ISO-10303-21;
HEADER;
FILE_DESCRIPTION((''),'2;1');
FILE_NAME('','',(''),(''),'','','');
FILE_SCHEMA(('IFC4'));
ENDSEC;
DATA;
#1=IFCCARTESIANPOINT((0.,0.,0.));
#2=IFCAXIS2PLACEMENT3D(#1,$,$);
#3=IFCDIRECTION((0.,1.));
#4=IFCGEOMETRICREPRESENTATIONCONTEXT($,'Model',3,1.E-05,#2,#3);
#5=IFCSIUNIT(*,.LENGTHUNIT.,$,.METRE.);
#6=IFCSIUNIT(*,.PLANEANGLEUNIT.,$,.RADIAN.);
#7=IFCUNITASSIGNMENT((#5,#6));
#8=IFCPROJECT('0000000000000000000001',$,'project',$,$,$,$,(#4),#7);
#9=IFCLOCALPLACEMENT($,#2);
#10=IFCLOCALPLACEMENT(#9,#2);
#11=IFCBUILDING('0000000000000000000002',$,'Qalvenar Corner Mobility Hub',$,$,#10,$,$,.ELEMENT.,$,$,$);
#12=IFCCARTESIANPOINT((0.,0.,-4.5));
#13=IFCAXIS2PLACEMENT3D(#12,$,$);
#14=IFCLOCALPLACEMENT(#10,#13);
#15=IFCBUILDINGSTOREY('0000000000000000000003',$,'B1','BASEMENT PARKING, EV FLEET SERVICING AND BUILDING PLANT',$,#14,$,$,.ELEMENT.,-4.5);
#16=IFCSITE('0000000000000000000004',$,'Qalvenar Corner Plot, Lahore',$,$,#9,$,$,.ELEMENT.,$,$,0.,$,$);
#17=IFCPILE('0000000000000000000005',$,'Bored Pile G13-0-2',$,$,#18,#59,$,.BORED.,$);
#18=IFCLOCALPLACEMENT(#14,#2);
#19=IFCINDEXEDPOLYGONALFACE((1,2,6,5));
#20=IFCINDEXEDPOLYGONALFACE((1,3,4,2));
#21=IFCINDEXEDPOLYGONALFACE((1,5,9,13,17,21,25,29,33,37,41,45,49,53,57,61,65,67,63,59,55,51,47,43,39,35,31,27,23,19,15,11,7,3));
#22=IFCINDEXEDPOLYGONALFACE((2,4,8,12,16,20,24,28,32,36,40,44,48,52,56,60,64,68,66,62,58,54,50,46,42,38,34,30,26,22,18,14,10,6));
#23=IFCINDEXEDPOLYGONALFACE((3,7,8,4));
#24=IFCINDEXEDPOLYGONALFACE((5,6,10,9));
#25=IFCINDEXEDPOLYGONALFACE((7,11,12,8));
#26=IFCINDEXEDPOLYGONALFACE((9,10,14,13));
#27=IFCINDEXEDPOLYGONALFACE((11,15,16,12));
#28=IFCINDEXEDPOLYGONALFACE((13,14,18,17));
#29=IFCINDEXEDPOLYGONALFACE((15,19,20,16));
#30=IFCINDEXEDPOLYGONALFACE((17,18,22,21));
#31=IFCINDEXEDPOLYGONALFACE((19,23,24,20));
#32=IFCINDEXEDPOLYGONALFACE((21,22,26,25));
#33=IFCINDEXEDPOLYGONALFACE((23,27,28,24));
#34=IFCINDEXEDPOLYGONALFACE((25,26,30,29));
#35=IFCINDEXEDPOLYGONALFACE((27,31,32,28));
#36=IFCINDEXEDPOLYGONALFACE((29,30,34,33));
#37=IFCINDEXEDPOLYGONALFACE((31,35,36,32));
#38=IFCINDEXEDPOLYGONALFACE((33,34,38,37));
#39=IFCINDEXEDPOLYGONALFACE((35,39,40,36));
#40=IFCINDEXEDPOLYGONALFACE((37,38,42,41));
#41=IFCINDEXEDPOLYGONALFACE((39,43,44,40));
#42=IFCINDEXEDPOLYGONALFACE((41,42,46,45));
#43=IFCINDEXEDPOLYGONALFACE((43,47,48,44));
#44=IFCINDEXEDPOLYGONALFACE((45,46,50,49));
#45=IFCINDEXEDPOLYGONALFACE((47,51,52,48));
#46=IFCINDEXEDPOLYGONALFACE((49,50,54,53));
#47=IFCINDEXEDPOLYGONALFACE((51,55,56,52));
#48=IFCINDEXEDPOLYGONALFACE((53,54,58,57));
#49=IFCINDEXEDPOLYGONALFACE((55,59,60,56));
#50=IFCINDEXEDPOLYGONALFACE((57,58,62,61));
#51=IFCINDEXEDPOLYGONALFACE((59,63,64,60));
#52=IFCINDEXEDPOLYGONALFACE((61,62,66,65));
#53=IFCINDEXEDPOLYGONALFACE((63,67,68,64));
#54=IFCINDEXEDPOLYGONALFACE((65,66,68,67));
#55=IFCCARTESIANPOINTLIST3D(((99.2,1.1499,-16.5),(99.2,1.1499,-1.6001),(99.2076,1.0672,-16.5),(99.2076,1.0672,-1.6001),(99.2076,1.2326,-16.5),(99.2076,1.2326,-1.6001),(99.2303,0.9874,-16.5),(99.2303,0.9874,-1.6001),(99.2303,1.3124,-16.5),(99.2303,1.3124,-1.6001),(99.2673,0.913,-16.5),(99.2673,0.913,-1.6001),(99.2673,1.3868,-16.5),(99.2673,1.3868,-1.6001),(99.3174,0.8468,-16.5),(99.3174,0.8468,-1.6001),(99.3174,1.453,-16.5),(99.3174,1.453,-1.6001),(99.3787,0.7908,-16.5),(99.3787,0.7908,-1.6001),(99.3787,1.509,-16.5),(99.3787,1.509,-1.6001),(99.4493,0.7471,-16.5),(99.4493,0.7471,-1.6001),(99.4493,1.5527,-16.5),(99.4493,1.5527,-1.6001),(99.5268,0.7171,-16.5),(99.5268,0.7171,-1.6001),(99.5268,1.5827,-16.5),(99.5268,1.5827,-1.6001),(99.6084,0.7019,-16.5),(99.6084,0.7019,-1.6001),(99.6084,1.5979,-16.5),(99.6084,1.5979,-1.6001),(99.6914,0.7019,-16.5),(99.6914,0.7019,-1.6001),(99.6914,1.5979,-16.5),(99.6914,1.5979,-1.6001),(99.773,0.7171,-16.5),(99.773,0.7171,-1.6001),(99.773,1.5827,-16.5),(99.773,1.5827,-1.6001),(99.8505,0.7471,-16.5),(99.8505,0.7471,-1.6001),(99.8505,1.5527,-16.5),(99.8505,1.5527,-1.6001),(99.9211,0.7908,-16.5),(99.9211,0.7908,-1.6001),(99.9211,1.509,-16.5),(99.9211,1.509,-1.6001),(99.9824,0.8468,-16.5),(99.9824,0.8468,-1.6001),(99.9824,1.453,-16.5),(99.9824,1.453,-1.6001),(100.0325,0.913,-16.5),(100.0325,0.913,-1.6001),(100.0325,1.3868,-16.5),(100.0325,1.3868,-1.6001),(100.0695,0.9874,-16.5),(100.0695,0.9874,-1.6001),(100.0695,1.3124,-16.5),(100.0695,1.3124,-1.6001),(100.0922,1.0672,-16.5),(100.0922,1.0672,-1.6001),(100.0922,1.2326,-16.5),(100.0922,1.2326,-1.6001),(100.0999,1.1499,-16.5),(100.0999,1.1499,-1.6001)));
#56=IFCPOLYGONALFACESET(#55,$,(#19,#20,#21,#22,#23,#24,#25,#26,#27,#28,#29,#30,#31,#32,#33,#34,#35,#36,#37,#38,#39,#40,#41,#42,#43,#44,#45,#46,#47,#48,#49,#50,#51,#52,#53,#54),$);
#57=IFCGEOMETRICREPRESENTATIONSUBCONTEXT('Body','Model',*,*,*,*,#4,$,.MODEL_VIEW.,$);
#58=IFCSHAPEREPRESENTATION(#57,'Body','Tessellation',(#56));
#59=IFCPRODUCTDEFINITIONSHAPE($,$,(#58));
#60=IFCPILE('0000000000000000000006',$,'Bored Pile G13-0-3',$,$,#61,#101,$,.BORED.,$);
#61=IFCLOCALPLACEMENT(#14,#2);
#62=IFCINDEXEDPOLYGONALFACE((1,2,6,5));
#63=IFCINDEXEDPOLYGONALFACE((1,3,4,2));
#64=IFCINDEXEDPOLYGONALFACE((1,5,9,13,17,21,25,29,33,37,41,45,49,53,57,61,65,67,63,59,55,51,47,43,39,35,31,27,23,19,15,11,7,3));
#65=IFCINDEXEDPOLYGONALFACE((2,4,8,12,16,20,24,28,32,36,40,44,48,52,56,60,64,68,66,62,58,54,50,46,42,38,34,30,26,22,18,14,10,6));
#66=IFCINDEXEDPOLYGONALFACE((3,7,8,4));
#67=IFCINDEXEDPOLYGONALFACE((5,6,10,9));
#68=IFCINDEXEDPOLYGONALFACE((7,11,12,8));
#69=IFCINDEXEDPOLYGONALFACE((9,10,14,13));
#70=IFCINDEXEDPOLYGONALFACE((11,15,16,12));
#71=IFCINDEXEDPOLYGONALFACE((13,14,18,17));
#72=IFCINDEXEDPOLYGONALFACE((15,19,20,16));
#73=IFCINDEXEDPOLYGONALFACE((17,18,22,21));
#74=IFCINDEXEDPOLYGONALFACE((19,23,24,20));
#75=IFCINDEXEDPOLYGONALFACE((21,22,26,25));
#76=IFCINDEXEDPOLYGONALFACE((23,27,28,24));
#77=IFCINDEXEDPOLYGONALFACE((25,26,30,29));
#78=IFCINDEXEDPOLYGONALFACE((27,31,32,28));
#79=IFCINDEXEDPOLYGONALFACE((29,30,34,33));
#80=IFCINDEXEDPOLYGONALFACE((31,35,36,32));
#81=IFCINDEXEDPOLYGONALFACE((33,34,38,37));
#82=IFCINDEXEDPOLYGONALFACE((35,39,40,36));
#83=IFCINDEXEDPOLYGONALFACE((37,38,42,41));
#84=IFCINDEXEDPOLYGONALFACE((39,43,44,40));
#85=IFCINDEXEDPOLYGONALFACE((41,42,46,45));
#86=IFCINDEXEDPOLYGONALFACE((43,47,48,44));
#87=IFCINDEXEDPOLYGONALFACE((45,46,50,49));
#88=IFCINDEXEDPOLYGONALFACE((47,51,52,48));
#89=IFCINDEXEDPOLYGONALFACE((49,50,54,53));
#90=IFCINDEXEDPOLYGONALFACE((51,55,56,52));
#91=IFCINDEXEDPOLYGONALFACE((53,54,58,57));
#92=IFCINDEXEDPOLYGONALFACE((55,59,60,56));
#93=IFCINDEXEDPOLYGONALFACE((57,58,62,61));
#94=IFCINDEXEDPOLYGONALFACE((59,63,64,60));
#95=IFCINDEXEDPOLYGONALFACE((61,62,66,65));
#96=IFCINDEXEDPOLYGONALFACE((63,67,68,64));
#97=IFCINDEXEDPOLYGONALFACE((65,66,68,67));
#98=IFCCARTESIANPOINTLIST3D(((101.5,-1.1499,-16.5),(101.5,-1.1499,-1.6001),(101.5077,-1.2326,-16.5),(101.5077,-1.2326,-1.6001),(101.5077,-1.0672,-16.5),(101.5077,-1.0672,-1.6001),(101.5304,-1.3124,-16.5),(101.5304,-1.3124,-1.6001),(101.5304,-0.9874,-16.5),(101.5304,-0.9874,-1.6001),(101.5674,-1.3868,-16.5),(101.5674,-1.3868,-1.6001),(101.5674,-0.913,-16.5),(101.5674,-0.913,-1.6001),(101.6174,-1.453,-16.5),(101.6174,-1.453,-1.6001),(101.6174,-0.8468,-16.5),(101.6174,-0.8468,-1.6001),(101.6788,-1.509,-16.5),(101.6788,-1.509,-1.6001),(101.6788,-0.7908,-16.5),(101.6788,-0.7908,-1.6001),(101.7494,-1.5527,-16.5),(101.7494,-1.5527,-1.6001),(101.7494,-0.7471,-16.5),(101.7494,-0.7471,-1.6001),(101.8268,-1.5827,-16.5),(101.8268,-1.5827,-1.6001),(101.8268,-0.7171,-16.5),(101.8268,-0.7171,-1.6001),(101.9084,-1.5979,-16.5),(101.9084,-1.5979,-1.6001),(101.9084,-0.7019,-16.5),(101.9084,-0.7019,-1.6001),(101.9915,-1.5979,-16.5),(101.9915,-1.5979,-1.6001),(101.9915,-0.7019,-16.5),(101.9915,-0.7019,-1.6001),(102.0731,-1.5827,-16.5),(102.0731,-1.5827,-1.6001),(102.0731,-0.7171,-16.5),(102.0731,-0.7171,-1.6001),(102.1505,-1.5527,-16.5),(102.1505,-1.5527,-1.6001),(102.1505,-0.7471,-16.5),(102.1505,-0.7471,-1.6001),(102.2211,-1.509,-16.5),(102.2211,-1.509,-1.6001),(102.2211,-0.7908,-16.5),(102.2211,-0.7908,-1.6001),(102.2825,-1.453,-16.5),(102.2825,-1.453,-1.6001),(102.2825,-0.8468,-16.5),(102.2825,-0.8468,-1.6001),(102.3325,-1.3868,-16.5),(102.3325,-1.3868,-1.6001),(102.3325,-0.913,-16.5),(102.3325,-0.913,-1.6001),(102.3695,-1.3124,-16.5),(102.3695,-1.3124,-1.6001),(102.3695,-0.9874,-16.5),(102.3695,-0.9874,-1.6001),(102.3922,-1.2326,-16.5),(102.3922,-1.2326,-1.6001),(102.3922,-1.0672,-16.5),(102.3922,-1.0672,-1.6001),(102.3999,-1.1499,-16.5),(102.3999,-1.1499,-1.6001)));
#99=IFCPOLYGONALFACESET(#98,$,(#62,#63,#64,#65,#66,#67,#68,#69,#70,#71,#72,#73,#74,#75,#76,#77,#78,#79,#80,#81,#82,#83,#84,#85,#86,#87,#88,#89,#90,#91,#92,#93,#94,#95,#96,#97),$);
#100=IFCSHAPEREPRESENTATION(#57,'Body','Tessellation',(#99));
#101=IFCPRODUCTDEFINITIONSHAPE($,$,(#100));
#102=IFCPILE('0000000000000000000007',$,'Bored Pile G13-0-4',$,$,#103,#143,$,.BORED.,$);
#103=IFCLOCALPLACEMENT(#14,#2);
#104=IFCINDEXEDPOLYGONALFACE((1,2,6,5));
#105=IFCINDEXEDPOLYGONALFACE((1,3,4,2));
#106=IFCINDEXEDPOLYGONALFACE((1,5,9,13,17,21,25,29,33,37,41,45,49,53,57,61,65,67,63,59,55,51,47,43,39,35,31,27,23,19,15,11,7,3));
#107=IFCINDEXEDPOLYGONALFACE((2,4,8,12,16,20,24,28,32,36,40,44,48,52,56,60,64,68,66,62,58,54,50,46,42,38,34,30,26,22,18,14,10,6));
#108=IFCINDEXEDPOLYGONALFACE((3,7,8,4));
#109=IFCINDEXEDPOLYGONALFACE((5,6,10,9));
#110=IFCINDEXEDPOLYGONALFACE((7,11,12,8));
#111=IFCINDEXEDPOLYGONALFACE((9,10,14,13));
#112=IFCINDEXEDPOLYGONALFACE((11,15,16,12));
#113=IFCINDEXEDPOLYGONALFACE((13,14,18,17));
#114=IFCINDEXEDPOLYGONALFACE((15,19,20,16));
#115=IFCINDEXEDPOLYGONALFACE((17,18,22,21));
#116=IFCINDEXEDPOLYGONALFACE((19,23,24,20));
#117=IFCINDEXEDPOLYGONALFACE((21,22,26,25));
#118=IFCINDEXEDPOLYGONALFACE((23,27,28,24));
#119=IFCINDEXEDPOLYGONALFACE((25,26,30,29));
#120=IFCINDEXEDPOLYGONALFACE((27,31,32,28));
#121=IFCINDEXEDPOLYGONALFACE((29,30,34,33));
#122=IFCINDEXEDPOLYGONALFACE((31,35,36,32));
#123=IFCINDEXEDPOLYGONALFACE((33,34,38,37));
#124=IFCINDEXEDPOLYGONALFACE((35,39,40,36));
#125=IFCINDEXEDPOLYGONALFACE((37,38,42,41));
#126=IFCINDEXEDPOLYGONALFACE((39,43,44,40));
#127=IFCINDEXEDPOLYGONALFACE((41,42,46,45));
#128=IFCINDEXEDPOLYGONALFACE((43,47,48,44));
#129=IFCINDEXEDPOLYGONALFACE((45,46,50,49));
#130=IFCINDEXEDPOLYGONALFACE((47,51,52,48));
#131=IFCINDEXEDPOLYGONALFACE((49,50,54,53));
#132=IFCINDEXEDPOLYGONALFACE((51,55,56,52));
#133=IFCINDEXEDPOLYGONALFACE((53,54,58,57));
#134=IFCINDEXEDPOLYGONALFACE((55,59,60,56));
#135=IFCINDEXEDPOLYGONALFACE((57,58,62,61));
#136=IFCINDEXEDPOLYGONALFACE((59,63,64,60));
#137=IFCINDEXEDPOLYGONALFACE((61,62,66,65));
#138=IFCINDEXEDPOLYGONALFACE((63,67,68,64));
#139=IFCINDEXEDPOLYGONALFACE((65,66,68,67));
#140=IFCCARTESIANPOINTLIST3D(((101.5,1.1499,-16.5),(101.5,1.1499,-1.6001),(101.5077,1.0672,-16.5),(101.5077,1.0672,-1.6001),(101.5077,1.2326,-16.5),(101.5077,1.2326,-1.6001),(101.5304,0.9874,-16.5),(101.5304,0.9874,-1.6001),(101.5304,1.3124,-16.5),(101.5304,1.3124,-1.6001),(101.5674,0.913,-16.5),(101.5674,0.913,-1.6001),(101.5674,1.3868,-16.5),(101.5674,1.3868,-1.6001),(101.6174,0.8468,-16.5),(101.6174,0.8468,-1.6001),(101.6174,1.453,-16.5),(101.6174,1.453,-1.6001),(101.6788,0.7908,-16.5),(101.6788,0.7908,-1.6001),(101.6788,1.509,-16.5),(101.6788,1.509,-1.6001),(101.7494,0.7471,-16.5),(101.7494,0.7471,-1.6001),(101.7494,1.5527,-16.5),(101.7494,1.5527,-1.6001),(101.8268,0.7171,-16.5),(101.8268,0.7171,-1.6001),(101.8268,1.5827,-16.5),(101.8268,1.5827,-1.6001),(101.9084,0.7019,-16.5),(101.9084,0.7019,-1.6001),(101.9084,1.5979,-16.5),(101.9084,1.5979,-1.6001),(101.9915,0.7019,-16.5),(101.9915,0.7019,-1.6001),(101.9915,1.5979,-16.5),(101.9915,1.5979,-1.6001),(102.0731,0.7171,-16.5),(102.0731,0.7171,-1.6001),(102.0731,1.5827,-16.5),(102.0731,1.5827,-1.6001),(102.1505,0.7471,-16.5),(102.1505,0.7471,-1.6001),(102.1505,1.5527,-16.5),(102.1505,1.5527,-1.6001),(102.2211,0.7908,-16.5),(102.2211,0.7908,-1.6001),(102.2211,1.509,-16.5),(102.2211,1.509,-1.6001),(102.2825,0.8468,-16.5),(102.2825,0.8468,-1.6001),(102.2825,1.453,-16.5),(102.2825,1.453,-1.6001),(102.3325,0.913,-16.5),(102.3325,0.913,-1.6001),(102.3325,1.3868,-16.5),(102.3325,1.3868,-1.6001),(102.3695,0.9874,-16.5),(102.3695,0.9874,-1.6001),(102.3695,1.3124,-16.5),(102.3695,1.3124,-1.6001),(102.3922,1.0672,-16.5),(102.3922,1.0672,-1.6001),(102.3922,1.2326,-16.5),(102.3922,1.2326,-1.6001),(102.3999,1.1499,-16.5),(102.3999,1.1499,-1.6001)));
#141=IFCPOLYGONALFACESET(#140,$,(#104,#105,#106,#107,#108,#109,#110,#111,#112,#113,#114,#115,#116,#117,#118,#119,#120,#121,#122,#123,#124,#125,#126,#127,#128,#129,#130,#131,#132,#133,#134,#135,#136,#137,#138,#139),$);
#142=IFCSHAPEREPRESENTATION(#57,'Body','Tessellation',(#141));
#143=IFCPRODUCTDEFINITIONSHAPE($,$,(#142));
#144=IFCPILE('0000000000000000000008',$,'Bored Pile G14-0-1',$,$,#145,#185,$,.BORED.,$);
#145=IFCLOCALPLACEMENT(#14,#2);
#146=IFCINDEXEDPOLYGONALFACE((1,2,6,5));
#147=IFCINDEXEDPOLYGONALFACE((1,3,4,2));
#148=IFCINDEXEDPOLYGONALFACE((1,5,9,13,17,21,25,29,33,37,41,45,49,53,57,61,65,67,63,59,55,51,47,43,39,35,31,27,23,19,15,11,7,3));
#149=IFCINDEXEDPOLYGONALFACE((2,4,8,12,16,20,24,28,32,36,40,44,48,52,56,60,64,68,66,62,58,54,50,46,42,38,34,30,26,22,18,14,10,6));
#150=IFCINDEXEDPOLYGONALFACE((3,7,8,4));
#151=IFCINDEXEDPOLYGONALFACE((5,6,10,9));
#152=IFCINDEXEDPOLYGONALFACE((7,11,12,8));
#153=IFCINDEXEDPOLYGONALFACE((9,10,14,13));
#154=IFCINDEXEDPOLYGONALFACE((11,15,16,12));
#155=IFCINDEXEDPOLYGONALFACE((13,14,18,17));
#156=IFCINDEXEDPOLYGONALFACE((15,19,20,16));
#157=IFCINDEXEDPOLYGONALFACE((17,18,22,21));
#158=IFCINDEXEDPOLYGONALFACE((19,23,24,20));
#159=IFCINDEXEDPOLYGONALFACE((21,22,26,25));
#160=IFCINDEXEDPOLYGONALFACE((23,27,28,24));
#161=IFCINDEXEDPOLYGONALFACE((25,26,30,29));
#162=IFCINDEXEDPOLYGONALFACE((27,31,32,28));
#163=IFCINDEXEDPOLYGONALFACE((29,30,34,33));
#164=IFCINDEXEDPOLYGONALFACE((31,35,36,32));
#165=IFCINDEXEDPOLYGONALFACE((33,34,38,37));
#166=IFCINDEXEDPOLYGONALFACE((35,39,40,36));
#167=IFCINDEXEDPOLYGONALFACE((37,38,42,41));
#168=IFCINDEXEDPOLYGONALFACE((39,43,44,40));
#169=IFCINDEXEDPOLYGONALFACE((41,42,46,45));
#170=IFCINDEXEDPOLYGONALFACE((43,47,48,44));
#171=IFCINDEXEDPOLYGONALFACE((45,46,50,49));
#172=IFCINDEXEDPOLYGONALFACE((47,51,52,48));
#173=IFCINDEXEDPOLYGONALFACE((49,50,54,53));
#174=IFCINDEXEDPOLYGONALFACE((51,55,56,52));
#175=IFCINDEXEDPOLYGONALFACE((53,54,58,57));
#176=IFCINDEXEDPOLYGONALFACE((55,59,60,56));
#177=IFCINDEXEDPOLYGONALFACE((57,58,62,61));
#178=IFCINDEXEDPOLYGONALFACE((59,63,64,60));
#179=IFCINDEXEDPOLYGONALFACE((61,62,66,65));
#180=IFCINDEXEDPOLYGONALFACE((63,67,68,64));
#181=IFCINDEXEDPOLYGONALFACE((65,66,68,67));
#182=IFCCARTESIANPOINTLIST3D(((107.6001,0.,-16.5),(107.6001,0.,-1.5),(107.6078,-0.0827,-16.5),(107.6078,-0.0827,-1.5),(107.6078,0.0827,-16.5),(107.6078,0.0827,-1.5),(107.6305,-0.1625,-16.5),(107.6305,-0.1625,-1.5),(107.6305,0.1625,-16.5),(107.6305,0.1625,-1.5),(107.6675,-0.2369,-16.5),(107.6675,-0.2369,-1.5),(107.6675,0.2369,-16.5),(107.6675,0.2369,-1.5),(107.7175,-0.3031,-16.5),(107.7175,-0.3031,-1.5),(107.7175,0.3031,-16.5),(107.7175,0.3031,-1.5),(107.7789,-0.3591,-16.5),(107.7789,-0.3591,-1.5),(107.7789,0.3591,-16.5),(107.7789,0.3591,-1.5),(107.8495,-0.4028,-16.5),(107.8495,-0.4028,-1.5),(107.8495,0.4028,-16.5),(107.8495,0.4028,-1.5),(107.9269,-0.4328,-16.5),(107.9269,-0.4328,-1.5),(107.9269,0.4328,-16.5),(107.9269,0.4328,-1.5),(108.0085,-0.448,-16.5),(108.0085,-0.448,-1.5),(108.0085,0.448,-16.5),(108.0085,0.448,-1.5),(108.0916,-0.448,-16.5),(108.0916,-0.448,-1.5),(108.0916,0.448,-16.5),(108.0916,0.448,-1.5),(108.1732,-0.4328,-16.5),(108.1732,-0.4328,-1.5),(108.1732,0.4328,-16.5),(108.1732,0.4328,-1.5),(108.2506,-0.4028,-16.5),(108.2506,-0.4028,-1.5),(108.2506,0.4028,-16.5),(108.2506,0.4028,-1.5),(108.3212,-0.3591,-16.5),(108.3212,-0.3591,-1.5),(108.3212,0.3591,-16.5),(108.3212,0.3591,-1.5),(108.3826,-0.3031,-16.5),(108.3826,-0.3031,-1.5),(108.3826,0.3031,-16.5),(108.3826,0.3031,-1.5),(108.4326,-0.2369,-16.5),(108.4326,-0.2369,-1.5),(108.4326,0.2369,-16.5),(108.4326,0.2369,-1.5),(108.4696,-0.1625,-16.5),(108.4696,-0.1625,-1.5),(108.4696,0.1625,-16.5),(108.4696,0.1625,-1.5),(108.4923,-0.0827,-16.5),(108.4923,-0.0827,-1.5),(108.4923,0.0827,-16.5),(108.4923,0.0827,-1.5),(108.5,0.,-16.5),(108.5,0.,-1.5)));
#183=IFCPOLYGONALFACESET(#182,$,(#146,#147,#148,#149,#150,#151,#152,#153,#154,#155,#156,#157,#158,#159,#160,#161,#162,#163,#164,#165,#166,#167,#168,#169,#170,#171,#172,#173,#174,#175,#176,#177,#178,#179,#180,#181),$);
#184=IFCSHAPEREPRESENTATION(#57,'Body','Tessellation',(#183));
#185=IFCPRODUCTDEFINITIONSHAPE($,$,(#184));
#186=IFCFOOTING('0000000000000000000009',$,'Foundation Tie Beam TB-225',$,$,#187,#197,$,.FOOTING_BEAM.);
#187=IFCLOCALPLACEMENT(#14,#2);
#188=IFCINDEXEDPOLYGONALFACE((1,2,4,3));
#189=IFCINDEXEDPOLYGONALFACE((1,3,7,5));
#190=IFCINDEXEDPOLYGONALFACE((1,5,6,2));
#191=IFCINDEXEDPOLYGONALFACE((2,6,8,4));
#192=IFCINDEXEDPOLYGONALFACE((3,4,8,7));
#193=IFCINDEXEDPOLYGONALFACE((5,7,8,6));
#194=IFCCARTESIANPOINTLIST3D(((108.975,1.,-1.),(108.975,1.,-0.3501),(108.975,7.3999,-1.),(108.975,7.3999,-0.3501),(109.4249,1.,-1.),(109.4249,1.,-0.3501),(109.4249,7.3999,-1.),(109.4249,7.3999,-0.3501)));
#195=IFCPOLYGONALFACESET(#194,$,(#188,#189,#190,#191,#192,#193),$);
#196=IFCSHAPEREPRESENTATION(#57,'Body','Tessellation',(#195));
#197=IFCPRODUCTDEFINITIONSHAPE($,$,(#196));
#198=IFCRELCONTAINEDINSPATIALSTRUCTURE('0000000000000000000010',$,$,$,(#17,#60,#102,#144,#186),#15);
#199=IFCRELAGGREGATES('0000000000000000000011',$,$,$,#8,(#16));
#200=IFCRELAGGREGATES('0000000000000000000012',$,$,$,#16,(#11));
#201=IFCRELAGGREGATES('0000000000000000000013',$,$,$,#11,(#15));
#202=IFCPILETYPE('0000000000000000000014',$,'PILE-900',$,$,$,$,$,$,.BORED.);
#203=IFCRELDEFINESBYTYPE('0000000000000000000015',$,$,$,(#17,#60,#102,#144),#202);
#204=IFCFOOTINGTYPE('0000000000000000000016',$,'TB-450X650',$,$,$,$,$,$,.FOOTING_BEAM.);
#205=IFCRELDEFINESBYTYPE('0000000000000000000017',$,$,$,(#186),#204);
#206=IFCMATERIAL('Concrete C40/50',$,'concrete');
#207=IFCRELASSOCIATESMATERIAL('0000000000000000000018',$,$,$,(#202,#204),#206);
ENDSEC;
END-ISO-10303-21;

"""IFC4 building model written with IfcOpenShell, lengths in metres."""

from ifc_helpers import new_model, si_unit, direction, frame, origin, origin_2d, place, context, subcontext, project, spatial, rectangle, circle, extrude, material, material_profile, profile_set, type_object, element, save


model = new_model("IFC4")

# Units and contexts
model_context = context("Model", 3, precision=1e-05, world=origin(), true_north=direction((0.0, 1.0)))
body_context = subcontext(model_context, "Body", "Model", "MODEL_VIEW")
ifc_project = project(units=[si_unit("LENGTHUNIT", "METRE"), si_unit("PLANEANGLEUNIT", "RADIAN")], contexts=[model_context])

# Site, building, storey
site_placement = place(None, origin())
site = spatial("IfcSite", under=ifc_project, at=site_placement, Name="Qalvenar Corner Plot, Lahore", CompositionType="ELEMENT", RefElevation=0.0)
building_placement = place(site_placement, origin())
building = spatial("IfcBuilding", under=site, at=building_placement, Name="Qalvenar Corner Mobility Hub", CompositionType="ELEMENT")
storey_placement = place(building_placement, frame((0.0, 0.0, -4.5)))
storey = spatial("IfcBuildingStorey", under=building, at=storey_placement, Name="B1", Description="BASEMENT PARKING, EV FLEET SERVICING AND BUILDING PLANT", CompositionType="ELEMENT", Elevation=-4.5)

# Shared definitions
ifc_material_1 = material(Name="Concrete C40/50", Category="concrete")

# Piles
ifc_material_profile_1 = material_profile(ifc_material_1, circle(Radius=0.45, at=origin_2d()), Name="DIA900")
ifc_profile_set_1 = profile_set([ifc_material_profile_1], Name="Concrete C40/50")
pile_type_1 = type_object("IfcPileType", Name="PILE-900", PredefinedType="BORED", material=ifc_profile_set_1)
for number, where, z_axis, x_axis, name in (
    (1, (99.6499, 1.1499, -1.6001), (0.0, 0.0, -1.0), (1.0, 0.0, 0.0), "Bored Pile G13-0-2"),
    (2, (101.95, -1.1499, -1.6001), (0.0, 0.0, -1.0), (1.0, 0.0, 0.0), "Bored Pile G13-0-3"),
    (3, (101.95, 1.1499, -1.6001), (0.0, 0.0, -1.0), (1.0, 0.0, 0.0), "Bored Pile G13-0-4"),
):
    element("IfcPile", number, at=place(storey_placement, frame(where, z_axis=z_axis, x_axis=x_axis)), inside=storey, type_object=pile_type_1, Name=name, PredefinedType="BORED", context=body_context, shape_type="SweptSolid", body=[
        extrude(circle(Radius=0.45, at=origin_2d()), origin(), (0.0, 0.0, 1.0), 14.8999),
    ])
pile_placement = place(storey_placement, frame((108.05, 0.0, -1.5), z_axis=(0.0, 0.0, -1.0), x_axis=(1.0, 0.0, 0.0)))
element("IfcPile", 4, at=pile_placement, inside=storey, type_object=pile_type_1, Name="Bored Pile G14-0-1", PredefinedType="BORED", context=body_context, shape_type="SweptSolid", body=[
    extrude(circle(Radius=0.45, at=origin_2d()), origin(), (0.0, 0.0, 1.0), 15.0),
])

# Footing
ifc_material_profile_2 = material_profile(ifc_material_1, rectangle(XDim=0.45, YDim=0.6499, at=origin_2d()), Name="RC450x650")
ifc_profile_set_2 = profile_set([ifc_material_profile_2], Name="Concrete C40/50")
footing_type_1 = type_object("IfcFootingType", Name="TB-450X650", PredefinedType="FOOTING_BEAM", material=ifc_profile_set_2)
footing_1_placement = place(storey_placement, frame((109.2, 1.0, -0.675), z_axis=(0.0, 1.0, 0.0), x_axis=(-1.0, 0.0, 0.0)))
element("IfcFooting", 5, at=footing_1_placement, inside=storey, type_object=footing_type_1, Name="Foundation Tie Beam TB-225", PredefinedType="FOOTING_BEAM", context=body_context, shape_type="SweptSolid", body=[
    extrude(rectangle(XDim=0.45, YDim=0.6499, at=origin_2d()), origin(), (0.0, 0.0, 1.0), 6.3999),
])

save(model, "model.ifc")
